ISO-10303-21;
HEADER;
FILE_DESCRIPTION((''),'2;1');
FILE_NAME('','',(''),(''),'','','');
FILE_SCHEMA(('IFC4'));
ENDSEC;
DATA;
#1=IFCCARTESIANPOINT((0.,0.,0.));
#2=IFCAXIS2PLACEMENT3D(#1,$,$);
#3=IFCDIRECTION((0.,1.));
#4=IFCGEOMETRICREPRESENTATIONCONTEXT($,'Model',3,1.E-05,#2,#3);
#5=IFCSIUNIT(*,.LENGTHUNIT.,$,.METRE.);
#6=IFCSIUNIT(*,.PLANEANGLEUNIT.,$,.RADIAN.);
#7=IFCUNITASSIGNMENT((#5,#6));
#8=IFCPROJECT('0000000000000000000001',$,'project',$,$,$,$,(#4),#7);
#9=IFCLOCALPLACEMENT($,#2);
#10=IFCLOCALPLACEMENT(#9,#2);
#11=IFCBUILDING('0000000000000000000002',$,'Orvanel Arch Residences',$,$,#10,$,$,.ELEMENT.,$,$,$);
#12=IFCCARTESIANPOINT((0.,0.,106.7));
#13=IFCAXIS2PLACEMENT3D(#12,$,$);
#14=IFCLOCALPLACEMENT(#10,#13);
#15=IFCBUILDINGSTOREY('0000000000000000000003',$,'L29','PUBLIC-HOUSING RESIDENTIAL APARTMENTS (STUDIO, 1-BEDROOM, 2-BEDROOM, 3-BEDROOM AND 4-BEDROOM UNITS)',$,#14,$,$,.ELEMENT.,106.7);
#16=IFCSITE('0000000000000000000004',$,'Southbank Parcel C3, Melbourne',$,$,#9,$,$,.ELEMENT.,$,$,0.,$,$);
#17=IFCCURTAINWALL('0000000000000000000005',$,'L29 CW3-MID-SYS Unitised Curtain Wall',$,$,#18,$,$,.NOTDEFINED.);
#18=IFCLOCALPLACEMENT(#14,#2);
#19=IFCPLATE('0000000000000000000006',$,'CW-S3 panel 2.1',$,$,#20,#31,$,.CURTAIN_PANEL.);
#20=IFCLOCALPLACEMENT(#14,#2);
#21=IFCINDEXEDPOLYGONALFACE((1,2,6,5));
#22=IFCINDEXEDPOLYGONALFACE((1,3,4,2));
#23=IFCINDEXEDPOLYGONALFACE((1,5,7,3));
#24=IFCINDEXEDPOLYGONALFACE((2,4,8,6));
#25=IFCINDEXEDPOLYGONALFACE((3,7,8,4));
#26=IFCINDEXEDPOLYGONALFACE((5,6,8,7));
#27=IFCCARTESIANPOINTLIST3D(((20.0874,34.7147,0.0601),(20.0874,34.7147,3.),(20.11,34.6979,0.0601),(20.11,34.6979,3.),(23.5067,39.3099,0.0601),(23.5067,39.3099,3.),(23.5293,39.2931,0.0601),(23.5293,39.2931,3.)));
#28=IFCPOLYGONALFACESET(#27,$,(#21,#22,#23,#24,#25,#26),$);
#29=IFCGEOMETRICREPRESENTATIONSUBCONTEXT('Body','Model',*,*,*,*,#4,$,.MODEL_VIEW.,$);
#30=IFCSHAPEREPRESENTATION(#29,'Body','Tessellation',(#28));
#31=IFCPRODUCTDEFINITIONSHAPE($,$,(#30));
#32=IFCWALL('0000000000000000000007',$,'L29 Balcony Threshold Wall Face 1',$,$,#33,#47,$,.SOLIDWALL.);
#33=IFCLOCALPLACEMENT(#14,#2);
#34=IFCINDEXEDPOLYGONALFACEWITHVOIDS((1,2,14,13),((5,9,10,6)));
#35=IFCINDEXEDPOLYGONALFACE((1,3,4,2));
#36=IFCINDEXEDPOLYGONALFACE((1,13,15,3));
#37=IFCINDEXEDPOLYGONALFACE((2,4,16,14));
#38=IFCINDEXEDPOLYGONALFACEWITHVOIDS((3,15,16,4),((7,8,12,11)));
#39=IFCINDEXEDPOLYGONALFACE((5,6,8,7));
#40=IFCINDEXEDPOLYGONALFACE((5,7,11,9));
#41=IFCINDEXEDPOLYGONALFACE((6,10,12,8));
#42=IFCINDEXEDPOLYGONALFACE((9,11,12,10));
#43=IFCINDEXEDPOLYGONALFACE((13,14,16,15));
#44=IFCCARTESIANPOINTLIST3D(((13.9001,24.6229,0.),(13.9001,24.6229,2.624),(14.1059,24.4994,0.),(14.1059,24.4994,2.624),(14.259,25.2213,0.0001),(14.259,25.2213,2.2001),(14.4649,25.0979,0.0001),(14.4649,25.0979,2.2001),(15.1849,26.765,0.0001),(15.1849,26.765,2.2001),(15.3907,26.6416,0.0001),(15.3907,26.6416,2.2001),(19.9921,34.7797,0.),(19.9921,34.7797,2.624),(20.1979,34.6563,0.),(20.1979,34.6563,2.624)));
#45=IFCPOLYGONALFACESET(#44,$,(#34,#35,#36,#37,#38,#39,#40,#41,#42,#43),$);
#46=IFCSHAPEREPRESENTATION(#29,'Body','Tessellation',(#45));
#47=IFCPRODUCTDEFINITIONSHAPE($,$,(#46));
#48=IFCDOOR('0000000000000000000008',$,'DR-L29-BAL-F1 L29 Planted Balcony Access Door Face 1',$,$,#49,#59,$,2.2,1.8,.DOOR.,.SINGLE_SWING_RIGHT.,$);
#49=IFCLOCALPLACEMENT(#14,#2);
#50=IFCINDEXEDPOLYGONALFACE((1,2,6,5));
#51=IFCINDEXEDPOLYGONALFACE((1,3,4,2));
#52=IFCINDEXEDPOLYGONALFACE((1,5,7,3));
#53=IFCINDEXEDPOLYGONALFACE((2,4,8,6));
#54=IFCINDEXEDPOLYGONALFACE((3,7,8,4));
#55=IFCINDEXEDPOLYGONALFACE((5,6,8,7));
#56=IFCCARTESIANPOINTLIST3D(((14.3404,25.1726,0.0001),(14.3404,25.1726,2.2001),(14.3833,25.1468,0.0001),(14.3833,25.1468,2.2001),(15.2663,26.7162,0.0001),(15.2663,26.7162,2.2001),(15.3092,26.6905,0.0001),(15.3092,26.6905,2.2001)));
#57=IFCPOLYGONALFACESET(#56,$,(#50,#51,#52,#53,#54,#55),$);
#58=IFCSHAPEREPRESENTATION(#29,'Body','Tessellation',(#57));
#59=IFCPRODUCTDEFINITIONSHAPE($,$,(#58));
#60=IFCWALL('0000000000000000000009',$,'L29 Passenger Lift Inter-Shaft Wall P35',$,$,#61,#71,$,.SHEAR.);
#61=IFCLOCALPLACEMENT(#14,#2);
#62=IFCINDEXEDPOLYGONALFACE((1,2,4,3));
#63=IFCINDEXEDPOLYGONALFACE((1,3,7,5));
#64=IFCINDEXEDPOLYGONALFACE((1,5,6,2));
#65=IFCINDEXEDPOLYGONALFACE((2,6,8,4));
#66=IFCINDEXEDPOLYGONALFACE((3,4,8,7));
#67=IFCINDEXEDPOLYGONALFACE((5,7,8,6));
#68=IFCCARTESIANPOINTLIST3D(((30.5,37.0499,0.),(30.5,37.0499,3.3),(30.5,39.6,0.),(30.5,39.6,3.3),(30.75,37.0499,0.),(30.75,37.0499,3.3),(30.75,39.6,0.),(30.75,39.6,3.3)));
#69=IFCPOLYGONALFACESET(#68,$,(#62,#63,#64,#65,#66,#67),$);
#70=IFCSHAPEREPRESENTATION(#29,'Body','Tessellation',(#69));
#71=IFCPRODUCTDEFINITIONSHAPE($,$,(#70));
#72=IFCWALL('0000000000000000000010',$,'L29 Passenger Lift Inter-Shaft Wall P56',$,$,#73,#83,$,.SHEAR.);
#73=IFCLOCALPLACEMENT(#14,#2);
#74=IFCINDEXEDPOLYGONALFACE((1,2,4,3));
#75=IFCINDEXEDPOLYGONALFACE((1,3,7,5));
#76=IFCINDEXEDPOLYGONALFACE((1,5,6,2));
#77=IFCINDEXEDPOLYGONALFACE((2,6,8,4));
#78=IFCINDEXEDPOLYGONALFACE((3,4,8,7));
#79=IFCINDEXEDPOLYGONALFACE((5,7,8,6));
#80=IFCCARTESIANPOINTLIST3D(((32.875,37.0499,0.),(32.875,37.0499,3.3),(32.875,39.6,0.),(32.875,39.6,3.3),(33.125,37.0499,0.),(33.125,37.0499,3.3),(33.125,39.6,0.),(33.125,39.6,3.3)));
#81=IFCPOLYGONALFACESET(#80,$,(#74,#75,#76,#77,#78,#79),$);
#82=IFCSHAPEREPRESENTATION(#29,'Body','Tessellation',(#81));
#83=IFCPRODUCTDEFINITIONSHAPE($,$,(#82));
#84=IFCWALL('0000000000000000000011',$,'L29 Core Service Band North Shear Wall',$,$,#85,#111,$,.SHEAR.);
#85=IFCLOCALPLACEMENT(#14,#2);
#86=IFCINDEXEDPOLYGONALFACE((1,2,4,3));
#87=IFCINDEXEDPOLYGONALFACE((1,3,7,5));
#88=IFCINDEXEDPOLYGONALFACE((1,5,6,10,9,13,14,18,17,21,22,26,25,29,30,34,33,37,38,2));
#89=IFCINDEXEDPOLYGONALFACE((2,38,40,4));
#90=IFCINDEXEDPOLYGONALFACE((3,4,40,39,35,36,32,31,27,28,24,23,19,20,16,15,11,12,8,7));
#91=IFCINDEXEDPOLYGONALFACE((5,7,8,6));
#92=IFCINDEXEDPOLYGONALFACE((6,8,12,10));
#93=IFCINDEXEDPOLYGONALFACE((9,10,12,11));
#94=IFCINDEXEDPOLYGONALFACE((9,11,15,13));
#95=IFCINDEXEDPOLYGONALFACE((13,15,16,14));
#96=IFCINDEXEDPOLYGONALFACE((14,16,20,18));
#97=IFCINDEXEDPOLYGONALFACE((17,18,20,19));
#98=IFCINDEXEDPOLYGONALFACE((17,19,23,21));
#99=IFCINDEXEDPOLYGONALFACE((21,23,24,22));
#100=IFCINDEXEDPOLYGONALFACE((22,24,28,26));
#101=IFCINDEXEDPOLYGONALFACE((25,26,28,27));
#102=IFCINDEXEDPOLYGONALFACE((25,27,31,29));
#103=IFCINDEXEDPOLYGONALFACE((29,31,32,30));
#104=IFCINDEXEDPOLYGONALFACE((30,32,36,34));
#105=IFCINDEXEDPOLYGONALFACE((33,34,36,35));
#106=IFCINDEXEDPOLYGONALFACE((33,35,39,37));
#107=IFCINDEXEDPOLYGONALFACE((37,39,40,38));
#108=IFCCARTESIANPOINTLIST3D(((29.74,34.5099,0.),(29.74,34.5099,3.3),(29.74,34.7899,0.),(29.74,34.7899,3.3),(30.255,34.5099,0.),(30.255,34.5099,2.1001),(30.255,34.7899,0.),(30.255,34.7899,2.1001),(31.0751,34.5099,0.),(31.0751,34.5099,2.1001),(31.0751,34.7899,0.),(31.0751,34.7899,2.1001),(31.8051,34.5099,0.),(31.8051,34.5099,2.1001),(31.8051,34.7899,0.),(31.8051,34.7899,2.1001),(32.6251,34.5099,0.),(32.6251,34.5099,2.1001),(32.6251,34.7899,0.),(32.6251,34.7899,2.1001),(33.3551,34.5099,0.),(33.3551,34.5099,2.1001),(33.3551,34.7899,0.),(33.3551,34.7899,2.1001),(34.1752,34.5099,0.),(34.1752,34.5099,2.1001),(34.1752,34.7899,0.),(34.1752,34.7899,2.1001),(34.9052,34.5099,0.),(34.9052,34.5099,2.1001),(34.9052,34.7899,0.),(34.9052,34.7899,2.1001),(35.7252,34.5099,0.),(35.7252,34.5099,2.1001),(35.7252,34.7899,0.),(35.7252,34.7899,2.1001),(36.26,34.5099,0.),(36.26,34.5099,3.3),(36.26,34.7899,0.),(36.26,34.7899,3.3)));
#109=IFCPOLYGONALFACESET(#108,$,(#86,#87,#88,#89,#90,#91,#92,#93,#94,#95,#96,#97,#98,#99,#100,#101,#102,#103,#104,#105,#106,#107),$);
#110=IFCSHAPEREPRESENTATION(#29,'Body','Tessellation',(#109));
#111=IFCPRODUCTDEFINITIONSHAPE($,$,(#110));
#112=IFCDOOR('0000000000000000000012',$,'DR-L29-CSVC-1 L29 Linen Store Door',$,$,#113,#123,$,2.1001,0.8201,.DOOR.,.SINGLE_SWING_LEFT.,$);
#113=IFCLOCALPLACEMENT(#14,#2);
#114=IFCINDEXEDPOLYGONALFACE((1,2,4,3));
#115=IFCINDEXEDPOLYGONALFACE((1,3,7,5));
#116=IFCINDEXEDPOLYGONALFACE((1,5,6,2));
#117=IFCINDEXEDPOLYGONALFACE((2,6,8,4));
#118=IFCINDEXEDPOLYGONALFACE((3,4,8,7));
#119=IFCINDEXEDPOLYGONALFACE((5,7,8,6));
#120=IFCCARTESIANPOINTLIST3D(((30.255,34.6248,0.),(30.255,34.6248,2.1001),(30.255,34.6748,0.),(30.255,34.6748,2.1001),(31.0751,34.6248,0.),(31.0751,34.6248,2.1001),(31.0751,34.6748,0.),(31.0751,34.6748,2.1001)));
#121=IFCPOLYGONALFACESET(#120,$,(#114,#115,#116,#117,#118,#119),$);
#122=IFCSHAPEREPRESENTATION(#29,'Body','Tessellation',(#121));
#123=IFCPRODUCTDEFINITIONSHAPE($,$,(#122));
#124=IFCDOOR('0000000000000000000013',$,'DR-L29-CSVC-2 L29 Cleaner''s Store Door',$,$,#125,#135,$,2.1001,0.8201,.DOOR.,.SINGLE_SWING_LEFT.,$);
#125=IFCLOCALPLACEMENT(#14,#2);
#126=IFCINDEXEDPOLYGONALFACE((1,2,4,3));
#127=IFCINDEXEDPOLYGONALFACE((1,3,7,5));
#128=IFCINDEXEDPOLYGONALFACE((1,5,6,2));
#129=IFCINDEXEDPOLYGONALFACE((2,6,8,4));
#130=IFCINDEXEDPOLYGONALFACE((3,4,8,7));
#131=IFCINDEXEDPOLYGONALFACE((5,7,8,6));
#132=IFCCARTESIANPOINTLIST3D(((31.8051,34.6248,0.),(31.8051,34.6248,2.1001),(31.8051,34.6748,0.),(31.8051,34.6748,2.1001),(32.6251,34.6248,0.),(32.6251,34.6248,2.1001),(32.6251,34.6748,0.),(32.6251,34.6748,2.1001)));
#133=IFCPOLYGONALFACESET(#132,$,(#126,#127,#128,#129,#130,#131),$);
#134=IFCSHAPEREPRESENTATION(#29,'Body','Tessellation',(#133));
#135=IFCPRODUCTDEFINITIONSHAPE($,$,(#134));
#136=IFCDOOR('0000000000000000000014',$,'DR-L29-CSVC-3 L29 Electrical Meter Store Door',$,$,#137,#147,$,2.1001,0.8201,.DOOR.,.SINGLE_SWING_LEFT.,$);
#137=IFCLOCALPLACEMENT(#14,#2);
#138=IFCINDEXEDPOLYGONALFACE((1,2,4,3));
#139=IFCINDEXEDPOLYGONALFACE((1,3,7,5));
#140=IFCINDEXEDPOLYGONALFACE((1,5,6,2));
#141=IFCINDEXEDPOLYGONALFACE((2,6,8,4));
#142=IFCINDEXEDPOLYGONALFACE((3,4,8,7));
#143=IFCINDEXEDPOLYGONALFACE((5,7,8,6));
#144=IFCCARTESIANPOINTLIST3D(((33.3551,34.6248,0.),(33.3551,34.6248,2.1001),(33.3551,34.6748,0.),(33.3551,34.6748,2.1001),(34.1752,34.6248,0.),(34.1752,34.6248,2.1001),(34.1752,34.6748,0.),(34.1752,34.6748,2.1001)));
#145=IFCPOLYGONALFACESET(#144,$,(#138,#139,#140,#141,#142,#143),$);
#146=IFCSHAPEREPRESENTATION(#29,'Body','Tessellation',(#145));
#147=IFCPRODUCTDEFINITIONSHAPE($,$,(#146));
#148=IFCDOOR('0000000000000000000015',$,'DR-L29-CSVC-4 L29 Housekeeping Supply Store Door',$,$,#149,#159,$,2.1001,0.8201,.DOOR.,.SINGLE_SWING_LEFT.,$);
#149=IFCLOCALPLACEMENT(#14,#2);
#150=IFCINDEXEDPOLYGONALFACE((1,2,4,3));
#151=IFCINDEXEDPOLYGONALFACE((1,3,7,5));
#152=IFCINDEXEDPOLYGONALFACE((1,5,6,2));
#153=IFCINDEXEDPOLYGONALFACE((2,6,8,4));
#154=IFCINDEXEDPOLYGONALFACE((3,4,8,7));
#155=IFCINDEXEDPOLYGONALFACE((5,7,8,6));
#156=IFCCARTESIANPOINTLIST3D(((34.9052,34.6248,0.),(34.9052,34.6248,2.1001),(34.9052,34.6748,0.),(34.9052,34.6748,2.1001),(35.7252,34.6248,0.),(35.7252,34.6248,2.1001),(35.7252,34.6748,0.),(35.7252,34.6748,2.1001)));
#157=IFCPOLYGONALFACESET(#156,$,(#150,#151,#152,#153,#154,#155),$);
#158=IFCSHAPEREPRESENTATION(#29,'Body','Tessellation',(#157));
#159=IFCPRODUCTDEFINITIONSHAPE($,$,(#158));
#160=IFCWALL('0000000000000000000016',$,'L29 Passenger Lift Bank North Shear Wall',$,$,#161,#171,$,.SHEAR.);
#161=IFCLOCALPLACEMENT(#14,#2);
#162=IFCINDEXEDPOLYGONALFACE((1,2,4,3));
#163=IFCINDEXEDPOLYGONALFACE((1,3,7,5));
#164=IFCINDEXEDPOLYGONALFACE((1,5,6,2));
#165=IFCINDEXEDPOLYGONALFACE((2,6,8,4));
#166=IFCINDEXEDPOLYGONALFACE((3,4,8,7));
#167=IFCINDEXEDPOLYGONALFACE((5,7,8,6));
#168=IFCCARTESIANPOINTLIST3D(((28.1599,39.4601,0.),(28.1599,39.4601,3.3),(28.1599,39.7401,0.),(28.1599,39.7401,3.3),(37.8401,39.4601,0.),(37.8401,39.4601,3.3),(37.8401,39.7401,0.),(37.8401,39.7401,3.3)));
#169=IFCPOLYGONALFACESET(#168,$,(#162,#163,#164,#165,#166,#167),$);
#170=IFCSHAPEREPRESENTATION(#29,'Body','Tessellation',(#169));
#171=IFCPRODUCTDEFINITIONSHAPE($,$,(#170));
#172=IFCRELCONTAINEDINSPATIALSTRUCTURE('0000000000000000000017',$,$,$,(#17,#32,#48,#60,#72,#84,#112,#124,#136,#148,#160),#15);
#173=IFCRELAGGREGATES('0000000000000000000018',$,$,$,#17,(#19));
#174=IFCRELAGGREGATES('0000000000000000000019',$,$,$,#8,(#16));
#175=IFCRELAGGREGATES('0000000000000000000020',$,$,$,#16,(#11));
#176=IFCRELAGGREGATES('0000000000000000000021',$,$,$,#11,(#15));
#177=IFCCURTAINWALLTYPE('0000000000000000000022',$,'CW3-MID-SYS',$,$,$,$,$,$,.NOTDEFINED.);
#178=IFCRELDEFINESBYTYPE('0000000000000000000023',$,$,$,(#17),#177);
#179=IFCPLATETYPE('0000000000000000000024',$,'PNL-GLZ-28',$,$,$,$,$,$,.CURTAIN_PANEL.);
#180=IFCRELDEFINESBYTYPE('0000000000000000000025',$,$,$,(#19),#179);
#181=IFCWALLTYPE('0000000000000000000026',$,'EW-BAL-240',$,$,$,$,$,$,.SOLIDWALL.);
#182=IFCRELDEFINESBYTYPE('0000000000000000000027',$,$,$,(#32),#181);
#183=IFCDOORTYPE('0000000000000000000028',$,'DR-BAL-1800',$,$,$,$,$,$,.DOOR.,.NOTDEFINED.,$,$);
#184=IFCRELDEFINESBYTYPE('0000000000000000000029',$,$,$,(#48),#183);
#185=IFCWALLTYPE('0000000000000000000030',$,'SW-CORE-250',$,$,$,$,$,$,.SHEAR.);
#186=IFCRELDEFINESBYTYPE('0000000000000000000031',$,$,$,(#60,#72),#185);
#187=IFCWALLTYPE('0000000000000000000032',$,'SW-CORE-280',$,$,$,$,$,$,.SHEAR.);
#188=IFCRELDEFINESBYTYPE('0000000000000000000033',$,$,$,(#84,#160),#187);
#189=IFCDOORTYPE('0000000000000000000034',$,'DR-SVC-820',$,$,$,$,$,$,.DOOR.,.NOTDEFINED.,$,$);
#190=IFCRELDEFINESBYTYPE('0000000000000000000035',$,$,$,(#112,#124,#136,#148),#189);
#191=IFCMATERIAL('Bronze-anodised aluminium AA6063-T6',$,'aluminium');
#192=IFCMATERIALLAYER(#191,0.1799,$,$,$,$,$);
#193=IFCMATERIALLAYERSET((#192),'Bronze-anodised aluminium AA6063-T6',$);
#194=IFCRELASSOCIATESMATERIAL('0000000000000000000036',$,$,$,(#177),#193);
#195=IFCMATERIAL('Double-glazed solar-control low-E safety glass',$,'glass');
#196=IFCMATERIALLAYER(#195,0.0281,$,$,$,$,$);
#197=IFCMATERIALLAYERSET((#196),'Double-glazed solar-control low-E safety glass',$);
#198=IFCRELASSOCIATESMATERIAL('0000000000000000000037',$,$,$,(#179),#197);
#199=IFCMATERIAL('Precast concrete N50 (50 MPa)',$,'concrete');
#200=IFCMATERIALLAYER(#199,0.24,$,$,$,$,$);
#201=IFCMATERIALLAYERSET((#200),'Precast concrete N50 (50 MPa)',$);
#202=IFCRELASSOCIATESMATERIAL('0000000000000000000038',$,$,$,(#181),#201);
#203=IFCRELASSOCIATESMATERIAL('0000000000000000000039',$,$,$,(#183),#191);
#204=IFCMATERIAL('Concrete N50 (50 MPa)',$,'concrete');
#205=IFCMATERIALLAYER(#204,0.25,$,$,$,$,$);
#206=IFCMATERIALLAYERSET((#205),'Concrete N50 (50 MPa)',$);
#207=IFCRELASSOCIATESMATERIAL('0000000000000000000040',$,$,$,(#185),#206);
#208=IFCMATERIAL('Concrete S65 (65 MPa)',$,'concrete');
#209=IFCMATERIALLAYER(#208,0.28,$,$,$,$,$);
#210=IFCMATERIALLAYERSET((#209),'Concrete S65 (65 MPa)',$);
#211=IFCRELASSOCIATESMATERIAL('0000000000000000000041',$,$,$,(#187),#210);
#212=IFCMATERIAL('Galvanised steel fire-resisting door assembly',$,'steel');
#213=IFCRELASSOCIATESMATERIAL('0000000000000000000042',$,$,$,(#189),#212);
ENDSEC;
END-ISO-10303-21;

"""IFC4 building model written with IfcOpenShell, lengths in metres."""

from ifc_helpers import new_model, si_unit, direction, frame, frame_2d, origin, origin_2d, place, context, subcontext, project, spatial, rectangle, extrude, material, layer, layer_set, type_object, element, fill, aggregate, save


model = new_model("IFC4")

# Units and contexts
model_context = context("Model", 3, precision=1e-05, world=origin(), true_north=direction((0.0, 1.0)))
body_context = subcontext(model_context, "Body", "Model", "MODEL_VIEW")
ifc_project = project(units=[si_unit("LENGTHUNIT", "METRE"), si_unit("PLANEANGLEUNIT", "RADIAN")], contexts=[model_context])

# Site, building, storey
site_placement = place(None, origin())
site = spatial("IfcSite", under=ifc_project, at=site_placement, Name="Southbank Parcel C3, Melbourne", CompositionType="ELEMENT", RefElevation=0.0)
building_placement = place(site_placement, origin())
building = spatial("IfcBuilding", under=site, at=building_placement, Name="Orvanel Arch Residences", CompositionType="ELEMENT")
storey_placement = place(building_placement, frame((0.0, 0.0, 106.7)))
storey = spatial("IfcBuildingStorey", under=building, at=storey_placement, Name="L29", Description="PUBLIC-HOUSING RESIDENTIAL APARTMENTS (STUDIO, 1-BEDROOM, 2-BEDROOM, 3-BEDROOM AND 4-BEDROOM UNITS)", CompositionType="ELEMENT", Elevation=106.7)

# Shared definitions
ifc_material_1 = material(Name="Concrete S65 (65 MPa)", Category="concrete")

# Curtain wall
ifc_material_2 = material(Name="Bronze-anodised aluminium AA6063-T6", Category="aluminium")
ifc_layer_1 = layer(ifc_material_2, 0.1799)
ifc_layer_set_1 = layer_set([ifc_layer_1], Name="Bronze-anodised aluminium AA6063-T6")
curtain_wall_type = type_object("IfcCurtainWallType", Name="CW3-MID-SYS", PredefinedType="NOTDEFINED", material=ifc_layer_set_1)
curtain_wall_placement = place(storey_placement, origin())
curtain_wall = element("IfcCurtainWall", 1, at=curtain_wall_placement, inside=storey, type_object=curtain_wall_type, Name="L29 CW3-MID-SYS Unitised Curtain Wall", PredefinedType="NOTDEFINED")

# Plate
ifc_material_3 = material(Name="Double-glazed solar-control low-E safety glass", Category="glass")
ifc_layer_2 = layer(ifc_material_3, 0.0281)
ifc_layer_set_2 = layer_set([ifc_layer_2], Name="Double-glazed solar-control low-E safety glass")
plate_type = type_object("IfcPlateType", Name="PNL-GLZ-28", PredefinedType="CURTAIN_PANEL", material=ifc_layer_set_2)
plate_placement = place(storey_placement, frame((21.8083, 37.0039, 0.0601), z_axis=(0.0, 0.0, 1.0), x_axis=(-0.596965, -0.802268, 0.0)))
plate = element("IfcPlate", 2, at=plate_placement, type_object=plate_type, Name="CW-S3 panel 2.1", PredefinedType="CURTAIN_PANEL", context=body_context, shape_type="SweptSolid", body=[
    extrude(rectangle(XDim=5.7278, YDim=0.0281, at=origin_2d()), origin(), (0.0, 0.0, 1.0), 2.9399),
])
aggregate(curtain_wall, [plate])

# Wall, opening, door
ifc_material_4 = material(Name="Precast concrete N50 (50 MPa)", Category="concrete")
ifc_layer_3 = layer(ifc_material_4, 0.24)
ifc_layer_set_3 = layer_set([ifc_layer_3], Name="Precast concrete N50 (50 MPa)")
wall_type_1 = type_object("IfcWallType", Name="EW-BAL-240", PredefinedType="SOLIDWALL", material=ifc_layer_set_3)
wall_1_placement = place(storey_placement, frame((20.095, 34.718, 0.0), z_axis=(0.0, 0.0, 1.0), x_axis=(-0.514362, -0.857573, 0.0)))
wall_1 = element("IfcWall", 3, at=wall_1_placement, inside=storey, type_object=wall_type_1, Name="L29 Balcony Threshold Wall Face 1", PredefinedType="SOLIDWALL", context=body_context, shape_type="SweptSolid", body=[
    extrude(rectangle(XDim=11.8438, YDim=0.24, at=frame_2d((5.9219, 0.0))), origin(), (0.0, 0.0, 1.0), 2.624),
])
opening_1_placement = place(wall_1_placement, frame((9.3459, 0.0, 0.0)))
opening_1 = element("IfcOpeningElement", 4, at=opening_1_placement, cuts=wall_1, PredefinedType="OPENING", context=body_context, shape_type="SweptSolid", body=[
    extrude(rectangle(XDim=1.8, YDim=2.2, at=frame_2d((0.8999, 1.1001))), frame((0.0, 0.1299, 0.0), z_axis=(0.0, -1.0, 0.0), x_axis=(1.0, 0.0, 0.0)), (0.0, 0.0, 1.0), 0.26),
])
door_type_1 = type_object("IfcDoorType", Name="DR-BAL-1800", OperationType="NOTDEFINED", PredefinedType="DOOR", material=ifc_material_2)
door_1_placement = place(opening_1_placement, origin())
door_1 = element("IfcDoor", 5, at=door_1_placement, inside=storey, type_object=door_type_1, Name="DR-L29-BAL-F1 L29 Planted Balcony Access Door Face 1", OperationType="SINGLE_SWING_RIGHT", OverallHeight=2.2, OverallWidth=1.8, PredefinedType="DOOR", context=body_context, shape_type="SweptSolid", body=[
    extrude(rectangle(XDim=1.8, YDim=2.2, at=frame_2d((0.8999, 1.1001))), frame((0.0, 0.0249, 0.0), z_axis=(0.0, -1.0, 0.0), x_axis=(1.0, 0.0, 0.0)), (0.0, 0.0, 1.0), 0.05),
])
fill(opening_1, door_1)

# Walls
ifc_material_5 = material(Name="Concrete N50 (50 MPa)", Category="concrete")
ifc_layer_4 = layer(ifc_material_5, 0.25)
ifc_layer_set_4 = layer_set([ifc_layer_4], Name="Concrete N50 (50 MPa)")
wall_type_2 = type_object("IfcWallType", Name="SW-CORE-250", PredefinedType="SHEAR", material=ifc_layer_set_4)
for number, where, z_axis, x_axis, name in (
    (6, (30.625, 37.05, 0.0), (0.0, 0.0, 1.0), (0.0, 1.0, 0.0), "L29 Passenger Lift Inter-Shaft Wall P35"),
    (7, (33.0, 37.05, 0.0), (0.0, 0.0, 1.0), (0.0, 1.0, 0.0), "L29 Passenger Lift Inter-Shaft Wall P56"),
):
    element("IfcWall", number, at=place(storey_placement, frame(where, z_axis=z_axis, x_axis=x_axis)), inside=storey, type_object=wall_type_2, Name=name, PredefinedType="SHEAR", context=body_context, shape_type="SweptSolid", body=[
        extrude(rectangle(XDim=2.55, YDim=0.25, at=frame_2d((1.2749, 0.0))), origin(), (0.0, 0.0, 1.0), 3.3),
    ])

# Wall, openings, doors
ifc_layer_5 = layer(ifc_material_1, 0.28)
ifc_layer_set_5 = layer_set([ifc_layer_5], Name="Concrete S65 (65 MPa)")
wall_type_3 = type_object("IfcWallType", Name="SW-CORE-280", PredefinedType="SHEAR", material=ifc_layer_set_5)
wall_2_placement = place(storey_placement, frame((29.74, 34.6499, 0.0), z_axis=(0.0, 0.0, 1.0), x_axis=(1.0, 0.0, 0.0)))
wall_2 = element("IfcWall", 8, at=wall_2_placement, inside=storey, type_object=wall_type_3, Name="L29 Core Service Band North Shear Wall", PredefinedType="SHEAR", context=body_context, shape_type="SweptSolid", body=[
    extrude(rectangle(XDim=6.52, YDim=0.28, at=frame_2d((3.26, 0.0))), origin(), (0.0, 0.0, 1.0), 3.3),
])
opening_2_placement = place(wall_2_placement, frame((0.5149, 0.0, 0.0)))
opening_2 = element("IfcOpeningElement", 9, at=opening_2_placement, cuts=wall_2, PredefinedType="OPENING", context=body_context, shape_type="SweptSolid", body=[
    extrude(rectangle(XDim=0.8201, YDim=2.1001, at=frame_2d((0.4102, 1.05))), frame((0.0, 0.1499, 0.0), z_axis=(0.0, -1.0, 0.0), x_axis=(1.0, 0.0, 0.0)), (0.0, 0.0, 1.0), 0.3),
])
opening_3_placement = place(wall_2_placement, frame((2.0649, 0.0, 0.0)))
opening_3 = element("IfcOpeningElement", 10, at=opening_3_placement, cuts=wall_2, PredefinedType="OPENING", context=body_context, shape_type="SweptSolid", body=[
    extrude(rectangle(XDim=0.8201, YDim=2.1001, at=frame_2d((0.4102, 1.05))), frame((0.0, 0.1499, 0.0), z_axis=(0.0, -1.0, 0.0), x_axis=(1.0, 0.0, 0.0)), (0.0, 0.0, 1.0), 0.3),
])
opening_4_placement = place(wall_2_placement, frame((3.615, 0.0, 0.0)))
opening_4 = element("IfcOpeningElement", 11, at=opening_4_placement, cuts=wall_2, PredefinedType="OPENING", context=body_context, shape_type="SweptSolid", body=[
    extrude(rectangle(XDim=0.8201, YDim=2.1001, at=frame_2d((0.4102, 1.05))), frame((0.0, 0.1499, 0.0), z_axis=(0.0, -1.0, 0.0), x_axis=(1.0, 0.0, 0.0)), (0.0, 0.0, 1.0), 0.3),
])
opening_5_placement = place(wall_2_placement, frame((5.165, 0.0, 0.0)))
opening_5 = element("IfcOpeningElement", 12, at=opening_5_placement, cuts=wall_2, PredefinedType="OPENING", context=body_context, shape_type="SweptSolid", body=[
    extrude(rectangle(XDim=0.8201, YDim=2.1001, at=frame_2d((0.4102, 1.05))), frame((0.0, 0.1499, 0.0), z_axis=(0.0, -1.0, 0.0), x_axis=(1.0, 0.0, 0.0)), (0.0, 0.0, 1.0), 0.3),
])
ifc_material_6 = material(Name="Galvanised steel fire-resisting door assembly", Category="steel")
door_type_2 = type_object("IfcDoorType", Name="DR-SVC-820", OperationType="NOTDEFINED", PredefinedType="DOOR", material=ifc_material_6)
door_2_placement = place(opening_2_placement, origin())
door_2 = element("IfcDoor", 13, at=door_2_placement, inside=storey, type_object=door_type_2, Name="DR-L29-CSVC-1 L29 Linen Store Door", OperationType="SINGLE_SWING_LEFT", OverallHeight=2.1001, OverallWidth=0.8201, PredefinedType="DOOR", context=body_context, shape_type="SweptSolid", body=[
    extrude(rectangle(XDim=0.8201, YDim=2.1001, at=frame_2d((0.4102, 1.05))), frame((0.0, 0.0249, 0.0), z_axis=(0.0, -1.0, 0.0), x_axis=(1.0, 0.0, 0.0)), (0.0, 0.0, 1.0), 0.05),
])
fill(opening_2, door_2)
door_3_placement = place(opening_3_placement, origin())
door_3 = element("IfcDoor", 14, at=door_3_placement, inside=storey, type_object=door_type_2, Name="DR-L29-CSVC-2 L29 Cleaner's Store Door", OperationType="SINGLE_SWING_LEFT", OverallHeight=2.1001, OverallWidth=0.8201, PredefinedType="DOOR", context=body_context, shape_type="SweptSolid", body=[
    extrude(rectangle(XDim=0.8201, YDim=2.1001, at=frame_2d((0.4102, 1.05))), frame((0.0, 0.0249, 0.0), z_axis=(0.0, -1.0, 0.0), x_axis=(1.0, 0.0, 0.0)), (0.0, 0.0, 1.0), 0.05),
])
fill(opening_3, door_3)
door_4_placement = place(opening_4_placement, origin())
door_4 = element("IfcDoor", 15, at=door_4_placement, inside=storey, type_object=door_type_2, Name="DR-L29-CSVC-3 L29 Electrical Meter Store Door", OperationType="SINGLE_SWING_LEFT", OverallHeight=2.1001, OverallWidth=0.8201, PredefinedType="DOOR", context=body_context, shape_type="SweptSolid", body=[
    extrude(rectangle(XDim=0.8201, YDim=2.1001, at=frame_2d((0.4102, 1.05))), frame((0.0, 0.0249, 0.0), z_axis=(0.0, -1.0, 0.0), x_axis=(1.0, 0.0, 0.0)), (0.0, 0.0, 1.0), 0.05),
])
fill(opening_4, door_4)
door_5_placement = place(opening_5_placement, origin())
door_5 = element("IfcDoor", 16, at=door_5_placement, inside=storey, type_object=door_type_2, Name="DR-L29-CSVC-4 L29 Housekeeping Supply Store Door", OperationType="SINGLE_SWING_LEFT", OverallHeight=2.1001, OverallWidth=0.8201, PredefinedType="DOOR", context=body_context, shape_type="SweptSolid", body=[
    extrude(rectangle(XDim=0.8201, YDim=2.1001, at=frame_2d((0.4102, 1.05))), frame((0.0, 0.0249, 0.0), z_axis=(0.0, -1.0, 0.0), x_axis=(1.0, 0.0, 0.0)), (0.0, 0.0, 1.0), 0.05),
])
fill(opening_5, door_5)

# Wall
wall_3_placement = place(storey_placement, frame((28.1599, 39.6001, 0.0), z_axis=(0.0, 0.0, 1.0), x_axis=(1.0, 0.0, 0.0)))
element("IfcWall", 17, at=wall_3_placement, inside=storey, type_object=wall_type_3, Name="L29 Passenger Lift Bank North Shear Wall", PredefinedType="SHEAR", context=body_context, shape_type="SweptSolid", body=[
    extrude(rectangle(XDim=9.6802, YDim=0.28, at=frame_2d((4.8401, 0.0))), origin(), (0.0, 0.0, 1.0), 3.3),
])

save(model, "model.ifc")
